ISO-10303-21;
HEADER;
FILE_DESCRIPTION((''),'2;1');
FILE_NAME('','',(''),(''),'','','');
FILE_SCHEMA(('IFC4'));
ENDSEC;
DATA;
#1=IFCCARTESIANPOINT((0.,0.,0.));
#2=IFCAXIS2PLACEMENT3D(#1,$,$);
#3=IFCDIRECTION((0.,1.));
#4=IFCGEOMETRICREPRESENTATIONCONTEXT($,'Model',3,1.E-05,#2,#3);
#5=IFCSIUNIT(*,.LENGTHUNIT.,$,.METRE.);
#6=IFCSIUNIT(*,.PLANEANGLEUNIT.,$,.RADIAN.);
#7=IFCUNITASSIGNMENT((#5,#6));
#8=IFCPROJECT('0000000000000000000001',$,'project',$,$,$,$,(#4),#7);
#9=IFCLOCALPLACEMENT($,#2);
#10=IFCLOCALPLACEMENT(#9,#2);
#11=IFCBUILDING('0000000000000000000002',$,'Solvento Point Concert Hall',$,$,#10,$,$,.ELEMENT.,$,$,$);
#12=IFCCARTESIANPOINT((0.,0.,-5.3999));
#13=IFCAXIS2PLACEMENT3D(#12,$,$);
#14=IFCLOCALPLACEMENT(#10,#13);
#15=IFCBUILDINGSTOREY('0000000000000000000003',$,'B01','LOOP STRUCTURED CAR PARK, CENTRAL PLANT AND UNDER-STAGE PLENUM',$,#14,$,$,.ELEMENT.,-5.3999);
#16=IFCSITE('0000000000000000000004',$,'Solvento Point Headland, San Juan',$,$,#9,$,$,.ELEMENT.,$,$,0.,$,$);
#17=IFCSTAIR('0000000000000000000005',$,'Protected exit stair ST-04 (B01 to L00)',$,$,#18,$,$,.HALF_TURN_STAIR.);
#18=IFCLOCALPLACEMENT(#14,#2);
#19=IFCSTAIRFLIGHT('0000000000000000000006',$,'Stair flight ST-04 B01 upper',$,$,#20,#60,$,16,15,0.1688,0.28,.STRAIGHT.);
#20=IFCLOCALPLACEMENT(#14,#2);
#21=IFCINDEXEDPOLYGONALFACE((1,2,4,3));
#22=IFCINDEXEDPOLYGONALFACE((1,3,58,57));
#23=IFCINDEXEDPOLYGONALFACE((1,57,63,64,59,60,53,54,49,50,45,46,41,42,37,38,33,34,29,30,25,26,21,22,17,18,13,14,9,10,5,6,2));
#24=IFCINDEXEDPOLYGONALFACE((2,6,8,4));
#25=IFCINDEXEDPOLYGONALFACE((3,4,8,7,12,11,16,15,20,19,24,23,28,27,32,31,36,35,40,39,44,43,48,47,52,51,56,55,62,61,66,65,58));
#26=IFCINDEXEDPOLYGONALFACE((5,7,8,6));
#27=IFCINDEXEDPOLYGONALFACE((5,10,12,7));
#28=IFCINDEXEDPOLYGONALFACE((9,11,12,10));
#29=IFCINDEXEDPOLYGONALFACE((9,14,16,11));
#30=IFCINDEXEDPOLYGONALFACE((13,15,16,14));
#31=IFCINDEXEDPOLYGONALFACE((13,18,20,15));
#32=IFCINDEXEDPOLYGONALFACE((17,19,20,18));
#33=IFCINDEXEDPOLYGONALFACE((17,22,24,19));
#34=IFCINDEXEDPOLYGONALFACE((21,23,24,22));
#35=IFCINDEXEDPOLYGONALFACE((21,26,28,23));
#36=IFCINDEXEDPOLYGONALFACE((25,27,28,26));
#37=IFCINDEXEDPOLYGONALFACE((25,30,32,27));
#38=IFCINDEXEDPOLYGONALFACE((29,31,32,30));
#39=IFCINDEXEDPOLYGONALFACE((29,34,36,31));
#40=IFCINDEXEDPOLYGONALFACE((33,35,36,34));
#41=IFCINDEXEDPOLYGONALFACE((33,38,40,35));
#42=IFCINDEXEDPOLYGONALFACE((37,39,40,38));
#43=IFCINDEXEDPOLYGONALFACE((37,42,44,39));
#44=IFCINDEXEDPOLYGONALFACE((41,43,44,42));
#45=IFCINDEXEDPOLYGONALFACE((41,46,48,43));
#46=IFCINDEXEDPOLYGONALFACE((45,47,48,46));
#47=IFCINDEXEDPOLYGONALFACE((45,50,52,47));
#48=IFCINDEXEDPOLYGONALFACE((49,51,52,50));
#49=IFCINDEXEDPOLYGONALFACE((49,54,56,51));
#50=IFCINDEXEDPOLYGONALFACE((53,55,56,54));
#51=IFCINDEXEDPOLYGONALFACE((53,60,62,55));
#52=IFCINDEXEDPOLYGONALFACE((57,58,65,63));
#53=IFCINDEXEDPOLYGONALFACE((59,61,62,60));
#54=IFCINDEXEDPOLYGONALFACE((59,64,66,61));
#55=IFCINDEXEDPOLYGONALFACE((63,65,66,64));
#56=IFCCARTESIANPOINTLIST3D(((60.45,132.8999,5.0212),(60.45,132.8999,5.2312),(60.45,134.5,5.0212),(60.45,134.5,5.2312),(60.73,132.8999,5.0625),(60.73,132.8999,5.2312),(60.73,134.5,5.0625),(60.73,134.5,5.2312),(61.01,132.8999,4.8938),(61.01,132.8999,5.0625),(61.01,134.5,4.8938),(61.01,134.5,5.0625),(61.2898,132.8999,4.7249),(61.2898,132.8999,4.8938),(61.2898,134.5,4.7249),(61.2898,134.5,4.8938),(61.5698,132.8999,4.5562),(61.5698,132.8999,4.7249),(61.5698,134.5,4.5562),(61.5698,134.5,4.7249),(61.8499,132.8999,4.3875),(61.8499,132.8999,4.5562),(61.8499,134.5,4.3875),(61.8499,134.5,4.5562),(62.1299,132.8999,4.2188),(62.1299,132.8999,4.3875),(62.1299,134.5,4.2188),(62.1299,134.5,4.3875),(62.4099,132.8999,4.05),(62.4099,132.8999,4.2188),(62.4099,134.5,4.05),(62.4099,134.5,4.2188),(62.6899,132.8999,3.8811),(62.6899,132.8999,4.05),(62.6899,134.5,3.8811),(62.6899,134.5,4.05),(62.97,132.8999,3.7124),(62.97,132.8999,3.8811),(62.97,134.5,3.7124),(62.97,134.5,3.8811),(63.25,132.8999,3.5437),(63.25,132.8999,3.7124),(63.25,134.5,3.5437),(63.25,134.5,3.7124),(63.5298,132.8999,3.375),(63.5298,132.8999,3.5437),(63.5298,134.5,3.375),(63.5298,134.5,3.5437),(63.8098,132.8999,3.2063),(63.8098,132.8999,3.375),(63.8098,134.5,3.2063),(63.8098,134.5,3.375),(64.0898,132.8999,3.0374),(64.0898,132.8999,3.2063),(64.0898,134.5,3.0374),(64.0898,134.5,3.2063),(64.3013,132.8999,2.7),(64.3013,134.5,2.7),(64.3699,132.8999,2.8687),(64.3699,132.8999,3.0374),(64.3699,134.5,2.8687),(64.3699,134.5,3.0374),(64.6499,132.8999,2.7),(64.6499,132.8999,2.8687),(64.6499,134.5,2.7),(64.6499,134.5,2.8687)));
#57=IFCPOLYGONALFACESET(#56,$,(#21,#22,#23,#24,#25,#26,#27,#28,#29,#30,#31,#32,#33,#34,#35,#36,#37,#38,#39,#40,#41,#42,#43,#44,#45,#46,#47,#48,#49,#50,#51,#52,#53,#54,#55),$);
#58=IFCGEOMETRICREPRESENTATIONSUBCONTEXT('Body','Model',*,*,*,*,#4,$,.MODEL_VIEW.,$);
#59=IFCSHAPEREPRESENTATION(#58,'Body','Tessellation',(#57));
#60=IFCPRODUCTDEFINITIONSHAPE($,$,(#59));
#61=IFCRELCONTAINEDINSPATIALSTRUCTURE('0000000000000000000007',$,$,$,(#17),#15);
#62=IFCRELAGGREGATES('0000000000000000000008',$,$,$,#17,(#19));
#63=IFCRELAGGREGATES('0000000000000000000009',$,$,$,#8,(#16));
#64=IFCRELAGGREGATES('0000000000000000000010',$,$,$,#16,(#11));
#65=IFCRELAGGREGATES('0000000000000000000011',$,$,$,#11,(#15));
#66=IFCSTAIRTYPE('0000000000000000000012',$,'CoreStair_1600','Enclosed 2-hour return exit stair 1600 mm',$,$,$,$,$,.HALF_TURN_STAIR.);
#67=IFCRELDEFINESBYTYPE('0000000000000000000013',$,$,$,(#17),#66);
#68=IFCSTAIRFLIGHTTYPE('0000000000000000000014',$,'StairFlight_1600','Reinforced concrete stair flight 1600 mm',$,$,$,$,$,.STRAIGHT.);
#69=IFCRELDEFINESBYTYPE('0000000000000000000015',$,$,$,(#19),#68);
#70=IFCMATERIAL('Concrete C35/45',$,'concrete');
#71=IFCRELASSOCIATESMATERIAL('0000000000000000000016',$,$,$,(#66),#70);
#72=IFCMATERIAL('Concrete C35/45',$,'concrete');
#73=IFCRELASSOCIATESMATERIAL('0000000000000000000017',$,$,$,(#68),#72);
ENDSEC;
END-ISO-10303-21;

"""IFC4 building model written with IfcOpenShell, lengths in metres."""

from ifc_helpers import new_model, si_unit, direction, frame, origin, place, context, subcontext, project, spatial, polyline, outline, extrude, material, type_object, element, aggregate, save


model = new_model("IFC4")

# Units and contexts
model_context = context("Model", 3, precision=1e-05, world=origin(), true_north=direction((0.0, 1.0)))
body_context = subcontext(model_context, "Body", "Model", "MODEL_VIEW")
ifc_project = project(units=[si_unit("LENGTHUNIT", "METRE"), si_unit("PLANEANGLEUNIT", "RADIAN")], contexts=[model_context])

# Site, building, storey
site_placement = place(None, origin())
site = spatial("IfcSite", under=ifc_project, at=site_placement, Name="Solvento Point Headland, San Juan", CompositionType="ELEMENT", RefElevation=0.0)
building_placement = place(site_placement, origin())
building = spatial("IfcBuilding", under=site, at=building_placement, Name="Solvento Point Concert Hall", CompositionType="ELEMENT")
storey_placement = place(building_placement, frame((0.0, 0.0, -5.3999)))
storey = spatial("IfcBuildingStorey", under=building, at=storey_placement, Name="B01", Description="LOOP STRUCTURED CAR PARK, CENTRAL PLANT AND UNDER-STAGE PLENUM", CompositionType="ELEMENT", Elevation=-5.3999)

# Stair, stair flight
ifc_material_1 = material(Name="Concrete C35/45", Category="concrete")
stair_type = type_object("IfcStairType", Name="CoreStair_1600", Description="Enclosed 2-hour return exit stair 1600 mm", PredefinedType="HALF_TURN_STAIR", material=ifc_material_1)
stair_placement = place(storey_placement, origin())
stair = element("IfcStair", 1, at=stair_placement, inside=storey, type_object=stair_type, Name="Protected exit stair ST-04 (B01 to L00)", PredefinedType="HALF_TURN_STAIR")
ifc_material_2 = material(Name="Concrete C35/45", Category="concrete")
stair_flight_type = type_object("IfcStairFlightType", Name="StairFlight_1600", Description="Reinforced concrete stair flight 1600 mm", PredefinedType="STRAIGHT", material=ifc_material_2)
stair_flight_1_placement = place(storey_placement, frame((64.6499, 133.7, 2.7), z_axis=(0.0, 0.0, 1.0), x_axis=(-1.0, 0.0, 0.0)))
stair_flight_1 = element("IfcStairFlight", 2, at=stair_flight_1_placement, type_object=stair_flight_type, Name="Stair flight ST-04 B01 upper", NumberOfRisers=16, NumberOfTreads=15, PredefinedType="STRAIGHT", RiserHeight=0.1688, TreadLength=0.28, context=body_context, shape_type="SweptSolid", body=[
    extrude(outline(polyline([(0.0, 0.0), (0.0, 0.1687), (0.28, 0.1687), (0.28, 0.3374), (0.5601, 0.3374), (0.5601, 0.5063), (0.8401, 0.5063), (0.8401, 0.675), (1.1201, 0.675), (1.1201, 0.8438), (1.3999, 0.8438), (1.3999, 1.0125), (1.6799, 1.0125), (1.6799, 1.1812), (1.96, 1.1812), (1.96, 1.3501), (2.24, 1.3501), (2.24, 1.5188), (2.52, 1.5188), (2.52, 1.6875), (2.8, 1.6875), (2.8, 1.8562), (3.0801, 1.8562), (3.0801, 2.0249), (3.3601, 2.0249), (3.3601, 2.1938), (3.6399, 2.1938), (3.6399, 2.3625), (3.9199, 2.3625), (3.9199, 2.5312), (4.2, 2.5312), (4.2, 2.7), (4.2, 2.3213), (0.3486, 0.0), (0.0, 0.0)])), frame((0.0, 0.8, 0.0), z_axis=(0.0, -1.0, 0.0), x_axis=(1.0, 0.0, 0.0)), (0.0, 0.0, 1.0), 1.6001),
])
aggregate(stair, [stair_flight_1])

save(model, "model.ifc")
